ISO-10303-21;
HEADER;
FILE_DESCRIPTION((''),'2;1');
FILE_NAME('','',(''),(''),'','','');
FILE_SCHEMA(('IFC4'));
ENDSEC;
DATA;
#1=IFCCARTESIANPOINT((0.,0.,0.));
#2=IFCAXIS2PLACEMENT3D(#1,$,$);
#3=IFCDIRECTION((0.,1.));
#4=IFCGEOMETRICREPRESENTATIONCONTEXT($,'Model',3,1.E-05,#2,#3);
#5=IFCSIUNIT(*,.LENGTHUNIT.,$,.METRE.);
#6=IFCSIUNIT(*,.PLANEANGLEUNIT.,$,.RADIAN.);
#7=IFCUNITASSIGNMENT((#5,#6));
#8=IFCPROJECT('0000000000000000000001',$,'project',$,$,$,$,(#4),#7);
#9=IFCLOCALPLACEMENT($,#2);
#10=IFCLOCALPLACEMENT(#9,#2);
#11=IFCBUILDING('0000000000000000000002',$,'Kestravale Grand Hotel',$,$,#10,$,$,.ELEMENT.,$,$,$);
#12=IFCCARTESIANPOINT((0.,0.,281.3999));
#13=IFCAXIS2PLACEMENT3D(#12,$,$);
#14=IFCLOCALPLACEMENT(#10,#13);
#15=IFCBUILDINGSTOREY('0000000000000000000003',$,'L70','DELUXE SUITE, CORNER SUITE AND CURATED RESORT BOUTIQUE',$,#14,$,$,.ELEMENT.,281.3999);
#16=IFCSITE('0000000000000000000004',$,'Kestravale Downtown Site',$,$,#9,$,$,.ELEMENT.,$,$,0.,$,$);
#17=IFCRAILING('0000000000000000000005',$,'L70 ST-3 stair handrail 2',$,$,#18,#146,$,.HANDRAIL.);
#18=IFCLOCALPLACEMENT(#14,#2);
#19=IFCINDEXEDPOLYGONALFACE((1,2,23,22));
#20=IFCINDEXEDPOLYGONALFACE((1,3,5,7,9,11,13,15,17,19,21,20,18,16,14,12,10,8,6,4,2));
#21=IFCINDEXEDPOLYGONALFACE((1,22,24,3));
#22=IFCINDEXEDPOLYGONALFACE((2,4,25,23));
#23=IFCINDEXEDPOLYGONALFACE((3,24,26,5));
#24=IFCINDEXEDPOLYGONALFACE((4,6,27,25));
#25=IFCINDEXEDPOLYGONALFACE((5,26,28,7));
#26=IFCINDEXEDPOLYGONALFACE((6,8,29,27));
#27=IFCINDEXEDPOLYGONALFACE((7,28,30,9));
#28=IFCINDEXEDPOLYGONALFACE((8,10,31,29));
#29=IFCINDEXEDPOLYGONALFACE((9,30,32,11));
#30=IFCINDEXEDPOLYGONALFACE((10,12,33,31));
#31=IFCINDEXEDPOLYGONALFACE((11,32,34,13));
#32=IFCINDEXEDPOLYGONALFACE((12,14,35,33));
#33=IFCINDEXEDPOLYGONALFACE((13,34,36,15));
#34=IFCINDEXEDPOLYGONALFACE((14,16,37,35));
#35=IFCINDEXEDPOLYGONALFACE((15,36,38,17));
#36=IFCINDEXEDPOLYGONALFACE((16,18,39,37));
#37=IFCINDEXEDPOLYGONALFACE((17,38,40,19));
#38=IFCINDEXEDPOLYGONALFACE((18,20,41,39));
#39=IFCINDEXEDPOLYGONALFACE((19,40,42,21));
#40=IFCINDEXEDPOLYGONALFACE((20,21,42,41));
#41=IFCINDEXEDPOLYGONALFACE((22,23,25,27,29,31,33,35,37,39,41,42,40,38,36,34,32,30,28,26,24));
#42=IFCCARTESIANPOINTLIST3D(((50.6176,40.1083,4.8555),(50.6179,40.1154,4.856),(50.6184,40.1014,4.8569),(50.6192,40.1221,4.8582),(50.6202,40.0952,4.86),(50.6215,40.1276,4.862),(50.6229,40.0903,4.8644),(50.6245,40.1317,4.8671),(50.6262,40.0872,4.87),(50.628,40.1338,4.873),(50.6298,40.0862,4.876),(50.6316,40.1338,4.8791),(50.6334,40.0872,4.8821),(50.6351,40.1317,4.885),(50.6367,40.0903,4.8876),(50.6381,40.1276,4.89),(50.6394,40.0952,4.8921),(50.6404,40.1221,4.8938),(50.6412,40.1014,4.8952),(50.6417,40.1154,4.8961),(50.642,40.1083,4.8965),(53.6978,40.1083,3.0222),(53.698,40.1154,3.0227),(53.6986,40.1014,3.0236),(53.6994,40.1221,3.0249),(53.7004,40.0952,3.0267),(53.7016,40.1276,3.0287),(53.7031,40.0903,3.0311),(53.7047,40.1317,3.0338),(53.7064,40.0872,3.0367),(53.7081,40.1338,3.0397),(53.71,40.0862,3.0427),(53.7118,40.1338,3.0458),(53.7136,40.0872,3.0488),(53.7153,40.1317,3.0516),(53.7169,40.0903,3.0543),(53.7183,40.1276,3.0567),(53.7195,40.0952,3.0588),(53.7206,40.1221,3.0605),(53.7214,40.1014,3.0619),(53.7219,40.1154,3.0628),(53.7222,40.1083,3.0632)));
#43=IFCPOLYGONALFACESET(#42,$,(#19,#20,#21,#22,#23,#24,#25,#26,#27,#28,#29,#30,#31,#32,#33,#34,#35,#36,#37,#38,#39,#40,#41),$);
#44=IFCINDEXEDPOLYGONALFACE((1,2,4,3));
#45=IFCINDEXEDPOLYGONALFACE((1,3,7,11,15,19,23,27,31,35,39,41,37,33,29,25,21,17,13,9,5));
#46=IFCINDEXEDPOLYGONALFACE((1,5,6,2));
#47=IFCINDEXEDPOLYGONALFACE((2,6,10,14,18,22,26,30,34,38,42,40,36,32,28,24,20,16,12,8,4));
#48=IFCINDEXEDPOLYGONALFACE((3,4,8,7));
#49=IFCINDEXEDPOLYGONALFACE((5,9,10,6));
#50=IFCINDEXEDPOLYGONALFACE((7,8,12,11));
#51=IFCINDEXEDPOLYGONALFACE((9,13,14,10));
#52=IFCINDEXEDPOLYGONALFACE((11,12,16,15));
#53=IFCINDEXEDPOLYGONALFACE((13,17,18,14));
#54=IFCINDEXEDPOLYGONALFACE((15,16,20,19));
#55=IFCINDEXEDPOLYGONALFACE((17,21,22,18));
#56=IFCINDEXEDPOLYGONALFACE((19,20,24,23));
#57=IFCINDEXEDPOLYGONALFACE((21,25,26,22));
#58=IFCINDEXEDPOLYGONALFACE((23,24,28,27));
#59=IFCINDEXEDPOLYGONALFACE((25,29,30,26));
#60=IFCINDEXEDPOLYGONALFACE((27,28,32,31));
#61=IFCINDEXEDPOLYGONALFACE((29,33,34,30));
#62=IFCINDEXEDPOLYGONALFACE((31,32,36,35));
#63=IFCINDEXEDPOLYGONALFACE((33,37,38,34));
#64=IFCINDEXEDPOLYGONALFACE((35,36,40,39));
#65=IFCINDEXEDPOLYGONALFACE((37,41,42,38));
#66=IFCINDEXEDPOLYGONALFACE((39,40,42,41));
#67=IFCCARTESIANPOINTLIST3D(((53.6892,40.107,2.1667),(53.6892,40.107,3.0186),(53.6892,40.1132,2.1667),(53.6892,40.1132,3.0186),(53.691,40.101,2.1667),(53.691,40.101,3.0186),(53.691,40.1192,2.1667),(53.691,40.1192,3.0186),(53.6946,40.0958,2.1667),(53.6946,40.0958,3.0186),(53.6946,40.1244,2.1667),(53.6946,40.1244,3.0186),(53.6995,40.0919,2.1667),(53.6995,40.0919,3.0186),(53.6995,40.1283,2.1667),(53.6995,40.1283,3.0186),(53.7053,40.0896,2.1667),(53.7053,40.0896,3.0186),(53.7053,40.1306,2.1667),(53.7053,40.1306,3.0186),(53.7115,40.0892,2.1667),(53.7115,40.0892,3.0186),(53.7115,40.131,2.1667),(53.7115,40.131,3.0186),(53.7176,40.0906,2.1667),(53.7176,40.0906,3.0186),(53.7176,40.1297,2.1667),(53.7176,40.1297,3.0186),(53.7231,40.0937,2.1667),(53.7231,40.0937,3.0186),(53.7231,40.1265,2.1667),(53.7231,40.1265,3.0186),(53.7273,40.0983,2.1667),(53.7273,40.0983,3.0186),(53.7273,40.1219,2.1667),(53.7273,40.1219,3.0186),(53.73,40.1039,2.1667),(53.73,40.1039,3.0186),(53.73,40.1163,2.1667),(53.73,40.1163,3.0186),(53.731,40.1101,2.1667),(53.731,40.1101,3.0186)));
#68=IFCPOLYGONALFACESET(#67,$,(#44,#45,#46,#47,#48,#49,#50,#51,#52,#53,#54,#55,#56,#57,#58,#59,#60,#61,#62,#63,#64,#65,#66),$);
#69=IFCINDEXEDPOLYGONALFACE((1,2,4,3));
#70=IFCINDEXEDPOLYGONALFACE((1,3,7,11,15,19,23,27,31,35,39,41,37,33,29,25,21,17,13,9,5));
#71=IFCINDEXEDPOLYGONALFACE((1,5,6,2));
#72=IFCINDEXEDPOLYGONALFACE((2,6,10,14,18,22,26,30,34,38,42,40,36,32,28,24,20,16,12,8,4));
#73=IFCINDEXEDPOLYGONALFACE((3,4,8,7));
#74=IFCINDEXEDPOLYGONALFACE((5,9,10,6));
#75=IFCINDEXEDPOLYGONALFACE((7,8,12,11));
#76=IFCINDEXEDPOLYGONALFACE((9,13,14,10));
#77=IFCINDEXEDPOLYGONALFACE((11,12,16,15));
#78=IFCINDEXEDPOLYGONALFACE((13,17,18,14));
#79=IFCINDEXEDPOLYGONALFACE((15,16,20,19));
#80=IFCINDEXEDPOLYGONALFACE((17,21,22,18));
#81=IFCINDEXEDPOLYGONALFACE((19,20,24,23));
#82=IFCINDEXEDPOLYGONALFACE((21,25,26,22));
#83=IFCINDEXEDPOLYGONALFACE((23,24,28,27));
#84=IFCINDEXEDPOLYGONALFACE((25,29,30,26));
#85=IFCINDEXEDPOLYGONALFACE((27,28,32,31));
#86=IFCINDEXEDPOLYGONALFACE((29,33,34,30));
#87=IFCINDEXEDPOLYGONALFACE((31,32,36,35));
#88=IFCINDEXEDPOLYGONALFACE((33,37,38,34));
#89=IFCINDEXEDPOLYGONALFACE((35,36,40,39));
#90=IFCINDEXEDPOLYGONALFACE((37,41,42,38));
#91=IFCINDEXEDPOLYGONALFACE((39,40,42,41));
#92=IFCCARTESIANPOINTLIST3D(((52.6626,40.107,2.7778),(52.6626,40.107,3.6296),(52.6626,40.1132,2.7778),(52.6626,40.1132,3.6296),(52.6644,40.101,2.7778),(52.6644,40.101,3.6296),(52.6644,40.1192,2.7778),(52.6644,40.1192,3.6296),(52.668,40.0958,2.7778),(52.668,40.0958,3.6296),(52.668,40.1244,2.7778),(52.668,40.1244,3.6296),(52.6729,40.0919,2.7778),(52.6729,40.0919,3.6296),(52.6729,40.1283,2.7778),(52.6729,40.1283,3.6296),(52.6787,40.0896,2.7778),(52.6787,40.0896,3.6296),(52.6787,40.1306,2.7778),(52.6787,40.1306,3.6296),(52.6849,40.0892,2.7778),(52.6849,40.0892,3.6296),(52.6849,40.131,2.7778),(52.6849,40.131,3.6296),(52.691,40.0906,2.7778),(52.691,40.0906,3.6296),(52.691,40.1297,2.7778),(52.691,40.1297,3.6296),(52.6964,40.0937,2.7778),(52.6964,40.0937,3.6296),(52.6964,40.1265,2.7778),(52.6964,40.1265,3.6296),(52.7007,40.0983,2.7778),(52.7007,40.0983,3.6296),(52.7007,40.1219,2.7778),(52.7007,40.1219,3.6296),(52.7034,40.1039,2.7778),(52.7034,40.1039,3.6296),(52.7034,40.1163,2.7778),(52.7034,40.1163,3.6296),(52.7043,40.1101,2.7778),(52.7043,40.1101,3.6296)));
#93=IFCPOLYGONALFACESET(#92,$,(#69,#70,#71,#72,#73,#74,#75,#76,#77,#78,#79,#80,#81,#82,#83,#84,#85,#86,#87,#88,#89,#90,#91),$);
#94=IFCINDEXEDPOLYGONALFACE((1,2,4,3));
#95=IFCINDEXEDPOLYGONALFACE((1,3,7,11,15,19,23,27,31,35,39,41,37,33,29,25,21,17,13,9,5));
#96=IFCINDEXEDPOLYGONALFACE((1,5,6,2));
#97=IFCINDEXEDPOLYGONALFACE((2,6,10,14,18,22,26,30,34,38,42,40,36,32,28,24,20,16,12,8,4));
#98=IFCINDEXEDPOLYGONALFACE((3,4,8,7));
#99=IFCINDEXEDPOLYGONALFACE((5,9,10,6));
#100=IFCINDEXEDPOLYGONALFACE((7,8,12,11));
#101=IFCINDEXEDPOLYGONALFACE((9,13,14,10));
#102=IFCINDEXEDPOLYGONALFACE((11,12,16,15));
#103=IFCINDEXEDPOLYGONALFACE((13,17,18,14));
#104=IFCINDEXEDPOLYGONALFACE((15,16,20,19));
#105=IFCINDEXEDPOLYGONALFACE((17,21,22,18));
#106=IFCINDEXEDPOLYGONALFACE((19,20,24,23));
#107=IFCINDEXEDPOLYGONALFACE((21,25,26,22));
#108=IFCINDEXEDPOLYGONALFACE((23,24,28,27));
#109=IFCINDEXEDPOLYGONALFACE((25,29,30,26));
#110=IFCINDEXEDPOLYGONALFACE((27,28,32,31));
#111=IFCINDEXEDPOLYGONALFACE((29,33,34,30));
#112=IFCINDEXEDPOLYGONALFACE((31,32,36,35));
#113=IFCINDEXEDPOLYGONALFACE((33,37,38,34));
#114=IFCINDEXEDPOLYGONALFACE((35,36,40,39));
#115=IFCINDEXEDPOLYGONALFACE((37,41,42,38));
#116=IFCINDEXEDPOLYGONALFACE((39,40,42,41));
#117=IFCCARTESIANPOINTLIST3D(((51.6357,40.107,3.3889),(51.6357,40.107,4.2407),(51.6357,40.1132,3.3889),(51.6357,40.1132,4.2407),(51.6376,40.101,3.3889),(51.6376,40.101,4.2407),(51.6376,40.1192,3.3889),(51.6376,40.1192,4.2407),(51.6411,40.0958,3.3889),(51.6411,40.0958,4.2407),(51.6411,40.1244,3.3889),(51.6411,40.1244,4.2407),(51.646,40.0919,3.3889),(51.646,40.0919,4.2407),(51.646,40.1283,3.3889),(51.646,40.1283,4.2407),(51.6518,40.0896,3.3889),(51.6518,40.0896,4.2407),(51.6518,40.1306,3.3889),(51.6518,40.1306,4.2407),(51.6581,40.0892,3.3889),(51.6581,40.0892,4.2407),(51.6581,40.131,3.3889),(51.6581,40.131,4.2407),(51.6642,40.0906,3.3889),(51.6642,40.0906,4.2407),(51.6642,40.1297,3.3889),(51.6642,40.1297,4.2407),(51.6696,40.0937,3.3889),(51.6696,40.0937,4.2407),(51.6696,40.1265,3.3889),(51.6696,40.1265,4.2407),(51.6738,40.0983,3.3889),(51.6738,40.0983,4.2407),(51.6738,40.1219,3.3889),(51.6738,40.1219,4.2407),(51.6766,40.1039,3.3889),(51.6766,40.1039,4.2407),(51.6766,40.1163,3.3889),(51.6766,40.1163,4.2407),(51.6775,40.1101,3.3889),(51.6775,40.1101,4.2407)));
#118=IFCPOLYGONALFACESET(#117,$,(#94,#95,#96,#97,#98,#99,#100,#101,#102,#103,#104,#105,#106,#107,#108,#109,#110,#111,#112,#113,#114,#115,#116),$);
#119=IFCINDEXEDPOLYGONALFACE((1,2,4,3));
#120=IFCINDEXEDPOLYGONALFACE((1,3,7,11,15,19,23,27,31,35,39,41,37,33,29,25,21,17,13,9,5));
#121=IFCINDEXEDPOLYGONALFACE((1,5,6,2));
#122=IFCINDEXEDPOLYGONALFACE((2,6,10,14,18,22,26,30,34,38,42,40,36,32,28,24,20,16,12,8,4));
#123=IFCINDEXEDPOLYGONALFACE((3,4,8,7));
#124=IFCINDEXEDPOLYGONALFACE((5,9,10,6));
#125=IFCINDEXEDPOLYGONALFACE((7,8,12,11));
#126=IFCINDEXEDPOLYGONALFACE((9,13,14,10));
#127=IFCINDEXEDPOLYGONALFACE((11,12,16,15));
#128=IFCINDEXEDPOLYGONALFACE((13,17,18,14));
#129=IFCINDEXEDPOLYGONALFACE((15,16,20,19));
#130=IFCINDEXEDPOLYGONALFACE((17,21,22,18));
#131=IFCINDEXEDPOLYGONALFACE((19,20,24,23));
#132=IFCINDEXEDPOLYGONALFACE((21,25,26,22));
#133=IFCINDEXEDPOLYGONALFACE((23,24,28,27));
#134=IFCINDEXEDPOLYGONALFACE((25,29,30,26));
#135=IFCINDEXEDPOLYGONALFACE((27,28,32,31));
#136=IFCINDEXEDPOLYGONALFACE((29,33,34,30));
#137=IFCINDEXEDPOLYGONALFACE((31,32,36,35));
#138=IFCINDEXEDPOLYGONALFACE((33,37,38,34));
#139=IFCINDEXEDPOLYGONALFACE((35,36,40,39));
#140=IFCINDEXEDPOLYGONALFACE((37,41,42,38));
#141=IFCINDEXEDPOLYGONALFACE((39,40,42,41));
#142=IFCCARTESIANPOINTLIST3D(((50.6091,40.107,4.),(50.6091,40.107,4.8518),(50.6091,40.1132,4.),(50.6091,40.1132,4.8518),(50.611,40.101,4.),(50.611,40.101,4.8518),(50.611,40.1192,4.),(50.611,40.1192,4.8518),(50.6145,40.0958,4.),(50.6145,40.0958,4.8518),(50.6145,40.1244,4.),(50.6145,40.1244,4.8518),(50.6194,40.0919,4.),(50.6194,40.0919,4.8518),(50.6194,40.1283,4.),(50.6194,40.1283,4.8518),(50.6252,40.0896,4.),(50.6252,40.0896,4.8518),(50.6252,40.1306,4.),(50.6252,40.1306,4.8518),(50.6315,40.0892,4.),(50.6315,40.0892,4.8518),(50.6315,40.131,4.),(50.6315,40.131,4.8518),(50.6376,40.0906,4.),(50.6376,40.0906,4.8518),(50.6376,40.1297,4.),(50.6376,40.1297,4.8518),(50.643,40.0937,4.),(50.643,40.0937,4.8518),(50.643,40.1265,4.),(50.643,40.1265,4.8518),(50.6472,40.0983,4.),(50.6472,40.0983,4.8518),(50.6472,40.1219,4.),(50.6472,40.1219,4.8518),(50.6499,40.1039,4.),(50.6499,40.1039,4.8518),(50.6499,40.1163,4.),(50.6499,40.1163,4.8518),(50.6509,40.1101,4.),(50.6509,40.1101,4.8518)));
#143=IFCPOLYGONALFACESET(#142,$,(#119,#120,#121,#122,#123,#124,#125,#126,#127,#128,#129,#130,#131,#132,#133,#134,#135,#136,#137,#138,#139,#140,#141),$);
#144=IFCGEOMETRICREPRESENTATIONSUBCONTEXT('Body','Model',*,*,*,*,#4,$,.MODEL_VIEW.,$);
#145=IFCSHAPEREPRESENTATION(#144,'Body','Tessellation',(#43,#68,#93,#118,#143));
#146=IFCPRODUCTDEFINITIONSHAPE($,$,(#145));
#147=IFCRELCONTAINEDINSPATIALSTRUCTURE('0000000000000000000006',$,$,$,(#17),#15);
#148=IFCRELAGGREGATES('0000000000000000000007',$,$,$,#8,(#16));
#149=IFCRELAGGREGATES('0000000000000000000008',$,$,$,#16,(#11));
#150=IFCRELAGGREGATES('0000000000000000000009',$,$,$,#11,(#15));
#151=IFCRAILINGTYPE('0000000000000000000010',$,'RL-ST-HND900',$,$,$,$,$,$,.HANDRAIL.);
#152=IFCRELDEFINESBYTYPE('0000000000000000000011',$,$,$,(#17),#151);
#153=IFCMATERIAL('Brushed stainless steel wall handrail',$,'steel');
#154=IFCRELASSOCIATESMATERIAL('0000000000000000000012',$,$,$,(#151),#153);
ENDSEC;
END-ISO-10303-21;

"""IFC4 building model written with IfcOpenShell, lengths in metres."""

from ifc_helpers import new_model, si_unit, direction, frame, origin, origin_2d, place, context, subcontext, project, spatial, circle, extrude, material, type_object, element, save


model = new_model("IFC4")

# Units and contexts
model_context = context("Model", 3, precision=1e-05, world=origin(), true_north=direction((0.0, 1.0)))
body_context = subcontext(model_context, "Body", "Model", "MODEL_VIEW")
ifc_project = project(units=[si_unit("LENGTHUNIT", "METRE"), si_unit("PLANEANGLEUNIT", "RADIAN")], contexts=[model_context])

# Site, building, storey
site_placement = place(None, origin())
site = spatial("IfcSite", under=ifc_project, at=site_placement, Name="Kestravale Downtown Site", CompositionType="ELEMENT", RefElevation=0.0)
building_placement = place(site_placement, origin())
building = spatial("IfcBuilding", under=site, at=building_placement, Name="Kestravale Grand Hotel", CompositionType="ELEMENT")
storey_placement = place(building_placement, frame((0.0, 0.0, 281.3999)))
storey = spatial("IfcBuildingStorey", under=building, at=storey_placement, Name="L70", Description="DELUXE SUITE, CORNER SUITE AND CURATED RESORT BOUTIQUE", CompositionType="ELEMENT", Elevation=281.3999)

# Railing
ifc_material_1 = material(Name="Brushed stainless steel wall handrail", Category="steel")
railing_type_1 = type_object("IfcRailingType", Name="RL-ST-HND900", PredefinedType="HANDRAIL", material=ifc_material_1)
railing_1_placement = place(storey_placement, frame((53.71, 40.1101, 2.1667)))
element("IfcRailing", 1, at=railing_1_placement, inside=storey, type_object=railing_type_1, Name="L70 ST-3 stair handrail 2", PredefinedType="HANDRAIL", context=body_context, shape_type="SweptSolid", body=[
    extrude(circle(Radius=0.0239, at=origin_2d()), frame((0.0, 0.0, 0.876), z_axis=(-0.859309, 0.0, 0.511458), x_axis=(0.0, -1.0, 0.0)), (0.0, 0.0, 1.0), 3.5845),
    extrude(circle(Radius=0.021, at=origin_2d()), origin(), (0.0, 0.0, 1.0), 0.8518),
    extrude(circle(Radius=0.021, at=origin_2d()), frame((-1.0266, 0.0, 0.6111)), (0.0, 0.0, 1.0), 0.8518),
    extrude(circle(Radius=0.021, at=origin_2d()), frame((-2.0535, 0.0, 1.2222)), (0.0, 0.0, 1.0), 0.8518),
    extrude(circle(Radius=0.021, at=origin_2d()), frame((-3.0801, 0.0, 1.8333)), (0.0, 0.0, 1.0), 0.8518),
])

save(model, "model.ifc")
